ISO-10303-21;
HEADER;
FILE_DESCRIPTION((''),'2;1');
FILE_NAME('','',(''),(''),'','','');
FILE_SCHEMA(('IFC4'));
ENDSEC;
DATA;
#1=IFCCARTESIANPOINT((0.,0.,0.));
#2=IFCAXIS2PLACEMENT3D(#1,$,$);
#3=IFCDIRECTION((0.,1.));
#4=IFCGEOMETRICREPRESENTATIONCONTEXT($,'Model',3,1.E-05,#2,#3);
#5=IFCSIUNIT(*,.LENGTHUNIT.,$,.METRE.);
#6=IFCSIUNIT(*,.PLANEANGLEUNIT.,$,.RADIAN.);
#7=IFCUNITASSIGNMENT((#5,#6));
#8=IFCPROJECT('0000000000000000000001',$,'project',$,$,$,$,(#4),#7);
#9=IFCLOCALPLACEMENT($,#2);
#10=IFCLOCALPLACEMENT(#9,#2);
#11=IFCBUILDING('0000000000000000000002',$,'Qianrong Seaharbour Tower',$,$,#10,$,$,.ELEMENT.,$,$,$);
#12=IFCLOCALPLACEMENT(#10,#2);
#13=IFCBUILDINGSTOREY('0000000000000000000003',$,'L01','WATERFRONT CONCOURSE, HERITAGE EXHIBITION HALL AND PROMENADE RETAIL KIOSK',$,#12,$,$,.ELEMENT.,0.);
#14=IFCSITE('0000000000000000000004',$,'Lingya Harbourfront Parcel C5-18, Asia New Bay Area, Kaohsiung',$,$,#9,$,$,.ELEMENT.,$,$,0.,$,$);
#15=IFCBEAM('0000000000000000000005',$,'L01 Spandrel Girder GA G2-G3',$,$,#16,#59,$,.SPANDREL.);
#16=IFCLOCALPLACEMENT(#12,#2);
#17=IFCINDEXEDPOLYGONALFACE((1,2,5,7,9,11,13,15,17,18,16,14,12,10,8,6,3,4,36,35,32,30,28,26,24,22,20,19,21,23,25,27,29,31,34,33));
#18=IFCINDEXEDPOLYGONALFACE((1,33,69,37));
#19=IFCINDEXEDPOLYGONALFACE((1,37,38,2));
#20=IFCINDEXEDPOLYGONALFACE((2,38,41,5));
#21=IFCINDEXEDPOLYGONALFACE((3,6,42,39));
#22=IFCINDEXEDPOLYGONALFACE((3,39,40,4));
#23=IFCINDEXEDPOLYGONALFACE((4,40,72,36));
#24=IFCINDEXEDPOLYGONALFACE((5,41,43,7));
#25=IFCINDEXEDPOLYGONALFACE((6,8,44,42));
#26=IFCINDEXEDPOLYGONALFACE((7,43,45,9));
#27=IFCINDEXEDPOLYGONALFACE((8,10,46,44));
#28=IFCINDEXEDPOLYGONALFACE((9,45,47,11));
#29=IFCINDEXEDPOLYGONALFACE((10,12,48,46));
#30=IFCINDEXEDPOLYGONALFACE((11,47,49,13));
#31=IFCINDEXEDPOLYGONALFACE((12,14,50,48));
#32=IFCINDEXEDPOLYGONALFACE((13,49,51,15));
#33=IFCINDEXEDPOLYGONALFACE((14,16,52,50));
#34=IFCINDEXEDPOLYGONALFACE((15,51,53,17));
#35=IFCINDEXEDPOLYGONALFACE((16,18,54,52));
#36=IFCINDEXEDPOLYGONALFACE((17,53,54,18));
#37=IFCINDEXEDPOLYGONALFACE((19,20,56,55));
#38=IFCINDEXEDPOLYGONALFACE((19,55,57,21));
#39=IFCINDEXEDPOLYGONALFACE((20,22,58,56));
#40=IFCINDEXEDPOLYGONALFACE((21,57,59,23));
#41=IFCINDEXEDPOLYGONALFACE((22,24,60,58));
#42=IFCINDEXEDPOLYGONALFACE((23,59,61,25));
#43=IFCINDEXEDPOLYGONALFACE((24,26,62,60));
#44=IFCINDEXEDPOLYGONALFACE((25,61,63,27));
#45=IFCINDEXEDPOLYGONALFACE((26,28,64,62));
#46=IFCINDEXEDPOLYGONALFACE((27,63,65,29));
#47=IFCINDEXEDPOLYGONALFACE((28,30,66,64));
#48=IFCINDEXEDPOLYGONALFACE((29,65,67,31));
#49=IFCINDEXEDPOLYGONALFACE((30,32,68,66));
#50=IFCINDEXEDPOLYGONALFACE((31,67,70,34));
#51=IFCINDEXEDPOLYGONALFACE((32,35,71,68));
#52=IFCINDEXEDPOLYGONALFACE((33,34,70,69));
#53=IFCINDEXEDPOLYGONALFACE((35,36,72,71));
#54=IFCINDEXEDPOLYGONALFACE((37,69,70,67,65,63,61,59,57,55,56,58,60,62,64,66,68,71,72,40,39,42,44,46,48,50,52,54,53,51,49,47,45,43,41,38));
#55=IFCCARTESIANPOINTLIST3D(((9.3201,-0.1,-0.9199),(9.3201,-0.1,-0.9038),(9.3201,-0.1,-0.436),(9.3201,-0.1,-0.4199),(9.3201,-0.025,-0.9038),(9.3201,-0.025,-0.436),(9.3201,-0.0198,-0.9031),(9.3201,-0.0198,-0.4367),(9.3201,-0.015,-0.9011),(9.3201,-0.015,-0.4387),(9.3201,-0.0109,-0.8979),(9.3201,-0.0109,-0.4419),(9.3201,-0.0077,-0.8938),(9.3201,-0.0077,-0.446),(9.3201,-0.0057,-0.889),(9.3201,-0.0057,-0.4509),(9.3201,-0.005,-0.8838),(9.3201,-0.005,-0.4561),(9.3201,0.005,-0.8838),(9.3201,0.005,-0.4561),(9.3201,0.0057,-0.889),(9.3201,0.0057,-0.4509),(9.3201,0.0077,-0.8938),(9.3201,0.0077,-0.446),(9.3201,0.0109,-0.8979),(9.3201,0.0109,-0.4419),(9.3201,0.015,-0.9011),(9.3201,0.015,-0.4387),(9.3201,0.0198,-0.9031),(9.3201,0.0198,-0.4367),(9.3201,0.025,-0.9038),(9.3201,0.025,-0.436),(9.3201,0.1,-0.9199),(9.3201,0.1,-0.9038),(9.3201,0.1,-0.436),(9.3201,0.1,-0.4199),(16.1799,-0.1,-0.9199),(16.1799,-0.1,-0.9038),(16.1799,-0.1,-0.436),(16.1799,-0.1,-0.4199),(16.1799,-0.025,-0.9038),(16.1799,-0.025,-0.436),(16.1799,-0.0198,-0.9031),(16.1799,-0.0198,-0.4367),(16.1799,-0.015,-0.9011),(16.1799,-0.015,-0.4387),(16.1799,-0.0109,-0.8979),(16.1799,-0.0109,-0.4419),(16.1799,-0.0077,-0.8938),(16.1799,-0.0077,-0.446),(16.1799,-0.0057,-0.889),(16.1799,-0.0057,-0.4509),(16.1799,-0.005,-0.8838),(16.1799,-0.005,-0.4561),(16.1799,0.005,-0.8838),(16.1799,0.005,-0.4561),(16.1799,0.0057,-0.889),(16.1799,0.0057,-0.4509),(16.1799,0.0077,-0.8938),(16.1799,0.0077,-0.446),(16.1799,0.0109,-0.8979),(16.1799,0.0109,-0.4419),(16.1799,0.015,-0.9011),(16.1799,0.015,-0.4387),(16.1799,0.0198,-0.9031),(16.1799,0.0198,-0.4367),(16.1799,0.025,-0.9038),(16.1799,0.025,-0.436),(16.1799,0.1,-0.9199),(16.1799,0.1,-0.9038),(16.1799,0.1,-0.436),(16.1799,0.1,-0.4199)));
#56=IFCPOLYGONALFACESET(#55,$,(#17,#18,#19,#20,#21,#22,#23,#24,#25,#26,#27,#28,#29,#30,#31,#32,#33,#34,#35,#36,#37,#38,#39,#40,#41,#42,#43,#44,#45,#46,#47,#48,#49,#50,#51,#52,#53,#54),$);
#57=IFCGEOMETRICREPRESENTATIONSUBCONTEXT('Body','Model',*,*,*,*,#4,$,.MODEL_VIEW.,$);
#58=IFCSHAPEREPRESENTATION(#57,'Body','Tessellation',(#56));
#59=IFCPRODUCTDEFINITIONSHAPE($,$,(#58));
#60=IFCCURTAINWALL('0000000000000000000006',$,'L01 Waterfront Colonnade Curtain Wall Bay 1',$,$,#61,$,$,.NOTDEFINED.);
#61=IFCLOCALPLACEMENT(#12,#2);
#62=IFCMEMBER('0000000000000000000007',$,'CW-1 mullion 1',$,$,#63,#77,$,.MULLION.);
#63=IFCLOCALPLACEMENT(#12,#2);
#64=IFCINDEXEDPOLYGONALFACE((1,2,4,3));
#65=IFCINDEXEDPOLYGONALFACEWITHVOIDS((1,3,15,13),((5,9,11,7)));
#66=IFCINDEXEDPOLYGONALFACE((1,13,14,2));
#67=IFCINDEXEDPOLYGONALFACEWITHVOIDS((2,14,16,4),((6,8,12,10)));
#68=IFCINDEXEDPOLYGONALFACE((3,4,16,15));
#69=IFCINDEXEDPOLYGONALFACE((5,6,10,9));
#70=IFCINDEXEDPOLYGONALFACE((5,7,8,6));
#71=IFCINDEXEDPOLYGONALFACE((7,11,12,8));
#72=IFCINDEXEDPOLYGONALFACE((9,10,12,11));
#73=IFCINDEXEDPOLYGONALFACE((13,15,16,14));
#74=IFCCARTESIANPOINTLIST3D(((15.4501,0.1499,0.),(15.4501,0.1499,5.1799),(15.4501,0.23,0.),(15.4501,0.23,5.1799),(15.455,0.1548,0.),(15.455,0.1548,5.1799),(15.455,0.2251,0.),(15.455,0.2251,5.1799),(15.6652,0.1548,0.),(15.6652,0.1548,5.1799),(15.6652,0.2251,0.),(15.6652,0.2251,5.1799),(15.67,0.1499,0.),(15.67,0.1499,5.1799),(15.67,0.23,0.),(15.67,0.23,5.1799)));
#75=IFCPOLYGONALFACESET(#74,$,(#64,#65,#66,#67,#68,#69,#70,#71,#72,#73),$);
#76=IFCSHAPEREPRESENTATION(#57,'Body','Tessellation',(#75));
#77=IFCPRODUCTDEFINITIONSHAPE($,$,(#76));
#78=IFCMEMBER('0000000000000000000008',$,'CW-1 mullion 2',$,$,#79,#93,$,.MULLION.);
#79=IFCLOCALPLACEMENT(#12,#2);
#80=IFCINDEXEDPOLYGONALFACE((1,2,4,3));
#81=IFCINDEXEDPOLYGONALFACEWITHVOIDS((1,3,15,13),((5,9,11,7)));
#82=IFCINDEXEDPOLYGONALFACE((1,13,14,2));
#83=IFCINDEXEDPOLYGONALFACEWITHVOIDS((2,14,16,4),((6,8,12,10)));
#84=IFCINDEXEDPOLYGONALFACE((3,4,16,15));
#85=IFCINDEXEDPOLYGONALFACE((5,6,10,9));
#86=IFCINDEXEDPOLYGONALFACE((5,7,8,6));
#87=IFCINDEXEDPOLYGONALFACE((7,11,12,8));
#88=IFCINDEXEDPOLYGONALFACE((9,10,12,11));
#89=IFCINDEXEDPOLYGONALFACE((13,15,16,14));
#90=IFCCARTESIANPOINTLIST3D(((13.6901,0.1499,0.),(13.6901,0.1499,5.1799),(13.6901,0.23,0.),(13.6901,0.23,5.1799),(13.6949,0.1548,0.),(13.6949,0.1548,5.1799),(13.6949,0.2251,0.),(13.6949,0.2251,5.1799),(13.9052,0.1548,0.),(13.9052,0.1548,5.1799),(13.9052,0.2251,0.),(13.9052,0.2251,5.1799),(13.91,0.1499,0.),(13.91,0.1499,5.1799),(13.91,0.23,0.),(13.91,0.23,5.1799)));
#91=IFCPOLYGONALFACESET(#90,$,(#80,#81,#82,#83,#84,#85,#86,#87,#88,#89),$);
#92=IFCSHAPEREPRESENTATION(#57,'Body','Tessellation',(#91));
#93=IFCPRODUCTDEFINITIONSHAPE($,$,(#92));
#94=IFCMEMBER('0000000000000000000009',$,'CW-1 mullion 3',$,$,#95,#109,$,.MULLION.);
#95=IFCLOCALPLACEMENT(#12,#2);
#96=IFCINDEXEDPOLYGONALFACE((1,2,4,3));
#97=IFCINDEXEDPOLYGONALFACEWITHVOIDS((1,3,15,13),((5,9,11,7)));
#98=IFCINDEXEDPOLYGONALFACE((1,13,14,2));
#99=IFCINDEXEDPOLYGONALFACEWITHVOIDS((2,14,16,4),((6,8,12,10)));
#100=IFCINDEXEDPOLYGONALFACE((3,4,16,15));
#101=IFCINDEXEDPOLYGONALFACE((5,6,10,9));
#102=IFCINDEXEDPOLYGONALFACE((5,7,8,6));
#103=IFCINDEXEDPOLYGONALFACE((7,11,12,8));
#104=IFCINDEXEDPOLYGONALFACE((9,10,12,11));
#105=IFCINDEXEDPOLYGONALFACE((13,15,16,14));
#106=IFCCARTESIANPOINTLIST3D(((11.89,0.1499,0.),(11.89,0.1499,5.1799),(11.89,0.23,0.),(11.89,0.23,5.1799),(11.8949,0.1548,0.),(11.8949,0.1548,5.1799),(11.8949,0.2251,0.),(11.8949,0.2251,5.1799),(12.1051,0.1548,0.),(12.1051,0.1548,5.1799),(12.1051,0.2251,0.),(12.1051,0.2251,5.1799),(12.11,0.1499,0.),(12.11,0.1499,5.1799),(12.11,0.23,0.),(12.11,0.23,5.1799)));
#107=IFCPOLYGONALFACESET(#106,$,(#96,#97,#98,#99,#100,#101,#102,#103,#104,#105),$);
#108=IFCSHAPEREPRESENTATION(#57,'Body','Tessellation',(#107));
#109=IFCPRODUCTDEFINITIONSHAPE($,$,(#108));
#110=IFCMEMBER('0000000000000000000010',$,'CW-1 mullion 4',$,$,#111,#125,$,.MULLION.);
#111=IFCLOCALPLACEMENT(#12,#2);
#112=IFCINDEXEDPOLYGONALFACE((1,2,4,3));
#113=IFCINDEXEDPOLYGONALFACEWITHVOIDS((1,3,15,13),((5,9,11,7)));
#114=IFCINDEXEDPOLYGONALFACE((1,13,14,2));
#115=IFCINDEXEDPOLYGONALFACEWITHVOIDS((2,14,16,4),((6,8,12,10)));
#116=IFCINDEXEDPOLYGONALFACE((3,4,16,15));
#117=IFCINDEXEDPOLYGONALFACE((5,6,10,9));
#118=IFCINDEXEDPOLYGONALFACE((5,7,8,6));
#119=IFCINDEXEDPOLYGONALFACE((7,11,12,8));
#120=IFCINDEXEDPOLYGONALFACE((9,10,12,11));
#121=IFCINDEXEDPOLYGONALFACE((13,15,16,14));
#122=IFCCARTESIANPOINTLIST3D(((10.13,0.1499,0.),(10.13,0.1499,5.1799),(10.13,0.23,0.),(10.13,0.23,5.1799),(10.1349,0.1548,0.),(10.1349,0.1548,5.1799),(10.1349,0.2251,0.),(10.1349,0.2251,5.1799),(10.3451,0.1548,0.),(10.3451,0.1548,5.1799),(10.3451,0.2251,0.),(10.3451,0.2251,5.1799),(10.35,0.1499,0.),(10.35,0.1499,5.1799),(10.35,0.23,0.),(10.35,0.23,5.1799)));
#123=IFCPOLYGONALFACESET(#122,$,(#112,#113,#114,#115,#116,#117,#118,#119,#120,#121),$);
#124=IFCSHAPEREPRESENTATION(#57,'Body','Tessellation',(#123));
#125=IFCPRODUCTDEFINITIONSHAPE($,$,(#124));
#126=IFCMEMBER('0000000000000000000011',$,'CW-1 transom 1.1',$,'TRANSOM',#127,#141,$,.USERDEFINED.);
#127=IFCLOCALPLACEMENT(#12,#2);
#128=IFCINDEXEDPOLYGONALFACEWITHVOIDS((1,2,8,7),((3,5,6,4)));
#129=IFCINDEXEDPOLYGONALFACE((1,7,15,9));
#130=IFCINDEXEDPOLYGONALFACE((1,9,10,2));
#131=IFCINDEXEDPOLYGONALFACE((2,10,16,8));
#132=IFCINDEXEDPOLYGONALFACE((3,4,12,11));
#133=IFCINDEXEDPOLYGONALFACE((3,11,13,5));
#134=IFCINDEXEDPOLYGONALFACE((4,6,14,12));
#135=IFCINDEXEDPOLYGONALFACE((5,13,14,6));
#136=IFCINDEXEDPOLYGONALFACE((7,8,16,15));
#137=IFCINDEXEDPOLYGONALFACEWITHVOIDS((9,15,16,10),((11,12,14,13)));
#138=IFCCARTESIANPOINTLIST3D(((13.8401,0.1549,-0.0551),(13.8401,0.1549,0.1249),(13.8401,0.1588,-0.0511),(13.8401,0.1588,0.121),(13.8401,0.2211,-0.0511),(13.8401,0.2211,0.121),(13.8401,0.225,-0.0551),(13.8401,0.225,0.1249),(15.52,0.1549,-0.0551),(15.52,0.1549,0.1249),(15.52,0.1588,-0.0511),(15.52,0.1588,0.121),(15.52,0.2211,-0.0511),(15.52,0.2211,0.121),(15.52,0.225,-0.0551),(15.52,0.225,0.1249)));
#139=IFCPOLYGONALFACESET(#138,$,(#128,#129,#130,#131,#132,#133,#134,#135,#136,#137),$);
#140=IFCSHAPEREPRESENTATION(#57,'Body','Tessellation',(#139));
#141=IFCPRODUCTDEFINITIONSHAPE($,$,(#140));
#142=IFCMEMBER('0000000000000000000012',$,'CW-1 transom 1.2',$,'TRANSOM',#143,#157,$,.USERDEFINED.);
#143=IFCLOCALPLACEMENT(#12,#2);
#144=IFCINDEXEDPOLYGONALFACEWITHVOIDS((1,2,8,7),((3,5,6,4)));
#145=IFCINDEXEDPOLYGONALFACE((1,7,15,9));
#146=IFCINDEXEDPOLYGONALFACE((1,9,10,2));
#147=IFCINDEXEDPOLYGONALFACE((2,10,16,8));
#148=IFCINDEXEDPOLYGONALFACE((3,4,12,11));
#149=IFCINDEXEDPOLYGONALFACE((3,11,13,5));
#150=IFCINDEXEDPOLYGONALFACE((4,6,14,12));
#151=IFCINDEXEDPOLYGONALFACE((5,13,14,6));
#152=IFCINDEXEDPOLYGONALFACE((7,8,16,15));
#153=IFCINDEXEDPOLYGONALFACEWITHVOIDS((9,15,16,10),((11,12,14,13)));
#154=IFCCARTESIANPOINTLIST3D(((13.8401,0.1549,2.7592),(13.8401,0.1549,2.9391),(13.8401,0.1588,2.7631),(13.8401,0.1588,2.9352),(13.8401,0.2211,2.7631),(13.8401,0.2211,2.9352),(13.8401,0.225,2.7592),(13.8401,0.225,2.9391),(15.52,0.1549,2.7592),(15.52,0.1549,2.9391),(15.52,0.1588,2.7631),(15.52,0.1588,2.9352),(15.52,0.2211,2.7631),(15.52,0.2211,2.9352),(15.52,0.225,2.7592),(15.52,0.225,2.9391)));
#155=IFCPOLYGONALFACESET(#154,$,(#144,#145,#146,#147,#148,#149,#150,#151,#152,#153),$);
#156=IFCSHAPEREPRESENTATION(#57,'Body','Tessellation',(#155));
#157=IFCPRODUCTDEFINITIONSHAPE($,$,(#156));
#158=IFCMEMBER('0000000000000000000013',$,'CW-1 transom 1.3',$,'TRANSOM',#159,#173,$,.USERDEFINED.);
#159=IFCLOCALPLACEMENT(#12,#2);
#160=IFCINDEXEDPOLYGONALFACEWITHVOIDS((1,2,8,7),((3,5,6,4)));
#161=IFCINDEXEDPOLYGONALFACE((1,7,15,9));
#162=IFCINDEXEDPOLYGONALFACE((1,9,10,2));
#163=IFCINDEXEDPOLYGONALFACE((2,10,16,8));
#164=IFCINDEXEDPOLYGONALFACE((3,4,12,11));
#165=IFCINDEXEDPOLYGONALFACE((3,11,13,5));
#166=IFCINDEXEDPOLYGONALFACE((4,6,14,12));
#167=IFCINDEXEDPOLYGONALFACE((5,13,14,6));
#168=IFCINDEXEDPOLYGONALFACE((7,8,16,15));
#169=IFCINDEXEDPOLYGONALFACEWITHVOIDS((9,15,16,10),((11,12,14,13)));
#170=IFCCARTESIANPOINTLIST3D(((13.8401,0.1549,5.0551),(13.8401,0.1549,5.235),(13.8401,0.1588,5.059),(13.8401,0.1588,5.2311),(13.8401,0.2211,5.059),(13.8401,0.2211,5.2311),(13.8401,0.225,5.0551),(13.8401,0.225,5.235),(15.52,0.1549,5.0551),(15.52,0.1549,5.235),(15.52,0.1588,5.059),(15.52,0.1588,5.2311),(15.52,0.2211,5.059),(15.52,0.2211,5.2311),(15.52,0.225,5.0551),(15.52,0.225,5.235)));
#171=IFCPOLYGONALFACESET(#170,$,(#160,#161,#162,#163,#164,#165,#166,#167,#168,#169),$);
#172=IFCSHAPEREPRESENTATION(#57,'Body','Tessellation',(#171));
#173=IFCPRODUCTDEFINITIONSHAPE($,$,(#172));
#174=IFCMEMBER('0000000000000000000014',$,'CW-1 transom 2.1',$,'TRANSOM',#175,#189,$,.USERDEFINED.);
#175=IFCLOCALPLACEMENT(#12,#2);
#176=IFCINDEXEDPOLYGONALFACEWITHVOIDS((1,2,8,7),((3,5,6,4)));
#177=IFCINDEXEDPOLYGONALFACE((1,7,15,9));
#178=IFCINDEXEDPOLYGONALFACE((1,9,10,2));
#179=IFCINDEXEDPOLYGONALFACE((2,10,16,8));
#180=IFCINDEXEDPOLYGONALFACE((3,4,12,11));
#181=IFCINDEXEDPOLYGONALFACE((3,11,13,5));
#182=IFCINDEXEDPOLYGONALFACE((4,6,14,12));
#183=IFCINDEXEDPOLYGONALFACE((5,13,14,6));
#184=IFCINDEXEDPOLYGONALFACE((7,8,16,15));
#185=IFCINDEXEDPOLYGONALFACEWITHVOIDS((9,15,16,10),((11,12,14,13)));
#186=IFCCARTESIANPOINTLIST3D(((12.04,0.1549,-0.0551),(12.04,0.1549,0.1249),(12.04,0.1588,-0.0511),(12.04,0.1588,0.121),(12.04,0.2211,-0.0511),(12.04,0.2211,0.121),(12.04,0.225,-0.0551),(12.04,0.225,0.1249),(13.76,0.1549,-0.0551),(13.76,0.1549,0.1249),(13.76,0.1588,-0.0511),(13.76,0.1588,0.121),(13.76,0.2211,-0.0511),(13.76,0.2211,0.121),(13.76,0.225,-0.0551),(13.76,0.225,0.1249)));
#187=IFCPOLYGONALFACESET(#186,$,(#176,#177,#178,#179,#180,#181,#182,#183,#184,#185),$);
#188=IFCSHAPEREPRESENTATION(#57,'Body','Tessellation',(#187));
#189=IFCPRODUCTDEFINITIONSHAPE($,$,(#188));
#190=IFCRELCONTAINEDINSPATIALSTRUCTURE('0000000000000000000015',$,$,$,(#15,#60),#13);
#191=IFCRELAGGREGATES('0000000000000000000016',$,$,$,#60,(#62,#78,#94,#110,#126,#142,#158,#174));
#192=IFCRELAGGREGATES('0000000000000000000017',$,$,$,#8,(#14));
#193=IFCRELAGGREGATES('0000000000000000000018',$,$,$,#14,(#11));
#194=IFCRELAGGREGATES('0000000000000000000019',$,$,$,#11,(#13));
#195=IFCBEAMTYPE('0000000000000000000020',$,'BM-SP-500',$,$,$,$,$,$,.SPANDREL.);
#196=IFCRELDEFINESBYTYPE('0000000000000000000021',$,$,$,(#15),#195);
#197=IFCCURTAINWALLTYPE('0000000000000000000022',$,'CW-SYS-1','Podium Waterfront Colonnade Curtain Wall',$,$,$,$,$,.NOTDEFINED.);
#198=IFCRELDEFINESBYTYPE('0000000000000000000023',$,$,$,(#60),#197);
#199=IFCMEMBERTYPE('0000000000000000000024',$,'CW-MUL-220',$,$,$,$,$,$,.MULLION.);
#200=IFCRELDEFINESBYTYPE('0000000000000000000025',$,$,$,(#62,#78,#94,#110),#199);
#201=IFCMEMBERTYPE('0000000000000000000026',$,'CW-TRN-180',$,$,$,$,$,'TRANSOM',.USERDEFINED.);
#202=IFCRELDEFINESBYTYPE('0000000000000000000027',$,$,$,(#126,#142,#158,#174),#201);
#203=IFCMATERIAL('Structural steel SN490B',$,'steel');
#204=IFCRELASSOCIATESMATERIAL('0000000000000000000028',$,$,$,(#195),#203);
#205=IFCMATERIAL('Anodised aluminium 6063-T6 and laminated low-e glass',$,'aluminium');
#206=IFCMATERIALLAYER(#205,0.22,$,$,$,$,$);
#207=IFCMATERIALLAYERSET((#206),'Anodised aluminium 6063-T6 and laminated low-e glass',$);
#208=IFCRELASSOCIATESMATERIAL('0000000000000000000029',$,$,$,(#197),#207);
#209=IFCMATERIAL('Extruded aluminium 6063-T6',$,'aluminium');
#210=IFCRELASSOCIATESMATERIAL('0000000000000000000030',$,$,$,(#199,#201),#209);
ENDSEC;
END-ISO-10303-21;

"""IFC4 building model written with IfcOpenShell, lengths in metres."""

from ifc_helpers import new_model, si_unit, direction, frame, origin, origin_2d, place, context, subcontext, project, spatial, hollow_rectangle, i_section, extrude, material, layer, layer_set, material_profile, profile_set, type_object, element, aggregate, save


model = new_model("IFC4")

# Units and contexts
model_context = context("Model", 3, precision=1e-05, world=origin(), true_north=direction((0.0, 1.0)))
body_context = subcontext(model_context, "Body", "Model", "MODEL_VIEW")
ifc_project = project(units=[si_unit("LENGTHUNIT", "METRE"), si_unit("PLANEANGLEUNIT", "RADIAN")], contexts=[model_context])

# Site, building, storey
site_placement = place(None, origin())
site = spatial("IfcSite", under=ifc_project, at=site_placement, Name="Lingya Harbourfront Parcel C5-18, Asia New Bay Area, Kaohsiung", CompositionType="ELEMENT", RefElevation=0.0)
building_placement = place(site_placement, origin())
building = spatial("IfcBuilding", under=site, at=building_placement, Name="Qianrong Seaharbour Tower", CompositionType="ELEMENT")
storey_placement = place(building_placement, origin())
storey = spatial("IfcBuildingStorey", under=building, at=storey_placement, Name="L01", Description="WATERFRONT CONCOURSE, HERITAGE EXHIBITION HALL AND PROMENADE RETAIL KIOSK", CompositionType="ELEMENT", Elevation=0.0)

# Beam
ifc_material_1 = material(Name="Structural steel SN490B", Category="steel")
ifc_material_profile_1 = material_profile(ifc_material_1, i_section(OverallWidth=0.2, OverallDepth=0.5, WebThickness=0.01, FlangeThickness=0.0161, FilletRadius=0.02, at=origin_2d()), Name="H500x200x10x16")
ifc_profile_set_1 = profile_set([ifc_material_profile_1], Name="Structural steel SN490B")
beam_type_1 = type_object("IfcBeamType", Name="BM-SP-500", PredefinedType="SPANDREL", material=ifc_profile_set_1)
beam_1_placement = place(storey_placement, frame((9.3201, 0.0, -0.6699), z_axis=(1.0, 0.0, 0.0), x_axis=(0.0, 1.0, 0.0)))
element("IfcBeam", 1, at=beam_1_placement, inside=storey, type_object=beam_type_1, Name="L01 Spandrel Girder GA G2-G3", PredefinedType="SPANDREL", context=body_context, shape_type="SweptSolid", body=[
    extrude(i_section(OverallWidth=0.2, OverallDepth=0.5, WebThickness=0.01, FlangeThickness=0.0161, FilletRadius=0.02, at=origin_2d()), origin(), (0.0, 0.0, 1.0), 6.8599),
])

# Curtain wall, members
ifc_material_2 = material(Name="Anodised aluminium 6063-T6 and laminated low-e glass", Category="aluminium")
ifc_layer_1 = layer(ifc_material_2, 0.22)
ifc_layer_set_1 = layer_set([ifc_layer_1], Name="Anodised aluminium 6063-T6 and laminated low-e glass")
curtain_wall_type = type_object("IfcCurtainWallType", Name="CW-SYS-1", Description="Podium Waterfront Colonnade Curtain Wall", PredefinedType="NOTDEFINED", material=ifc_layer_set_1)
curtain_wall_placement = place(storey_placement, origin())
curtain_wall = element("IfcCurtainWall", 2, at=curtain_wall_placement, inside=storey, type_object=curtain_wall_type, Name="L01 Waterfront Colonnade Curtain Wall Bay 1", PredefinedType="NOTDEFINED")
ifc_material_3 = material(Name="Extruded aluminium 6063-T6", Category="aluminium")
ifc_material_profile_2 = material_profile(ifc_material_3, hollow_rectangle(XDim=0.0801, YDim=0.22, WallThickness=0.0049, at=origin_2d()), Name="ALU-MUL-220x80x5")
ifc_profile_set_2 = profile_set([ifc_material_profile_2], Name="Extruded aluminium 6063-T6")
member_type_1 = type_object("IfcMemberType", Name="CW-MUL-220", PredefinedType="MULLION", material=ifc_profile_set_2)
member_1_placement = place(storey_placement, frame((15.5601, 0.1899, 0.0), z_axis=(0.0, 0.0, 1.0), x_axis=(0.0, -1.0, 0.0)))
member_1 = element("IfcMember", 3, at=member_1_placement, type_object=member_type_1, Name="CW-1 mullion 1", PredefinedType="MULLION", context=body_context, shape_type="SweptSolid", body=[
    extrude(hollow_rectangle(XDim=0.0801, YDim=0.22, WallThickness=0.0049, at=origin_2d()), origin(), (0.0, 0.0, 1.0), 5.1799),
])
member_2_placement = place(storey_placement, frame((13.8, 0.1899, 0.0), z_axis=(0.0, 0.0, 1.0), x_axis=(0.0, -1.0, 0.0)))
member_2 = element("IfcMember", 4, at=member_2_placement, type_object=member_type_1, Name="CW-1 mullion 2", PredefinedType="MULLION", context=body_context, shape_type="SweptSolid", body=[
    extrude(hollow_rectangle(XDim=0.0801, YDim=0.22, WallThickness=0.0049, at=origin_2d()), origin(), (0.0, 0.0, 1.0), 5.1799),
])
member_3_placement = place(storey_placement, frame((12.0, 0.1899, 0.0), z_axis=(0.0, 0.0, 1.0), x_axis=(0.0, -1.0, 0.0)))
member_3 = element("IfcMember", 5, at=member_3_placement, type_object=member_type_1, Name="CW-1 mullion 3", PredefinedType="MULLION", context=body_context, shape_type="SweptSolid", body=[
    extrude(hollow_rectangle(XDim=0.0801, YDim=0.22, WallThickness=0.0049, at=origin_2d()), origin(), (0.0, 0.0, 1.0), 5.1799),
])
member_4_placement = place(storey_placement, frame((10.24, 0.1899, 0.0), z_axis=(0.0, 0.0, 1.0), x_axis=(0.0, -1.0, 0.0)))
member_4 = element("IfcMember", 6, at=member_4_placement, type_object=member_type_1, Name="CW-1 mullion 4", PredefinedType="MULLION", context=body_context, shape_type="SweptSolid", body=[
    extrude(hollow_rectangle(XDim=0.0801, YDim=0.22, WallThickness=0.0049, at=origin_2d()), origin(), (0.0, 0.0, 1.0), 5.1799),
])
ifc_material_profile_3 = material_profile(ifc_material_3, hollow_rectangle(XDim=0.0701, YDim=0.1799, WallThickness=0.0039, at=origin_2d()), Name="ALU-TRN-180x70x4")
ifc_profile_set_3 = profile_set([ifc_material_profile_3], Name="Extruded aluminium 6063-T6")
member_type_2 = type_object("IfcMemberType", Name="CW-TRN-180", ElementType="TRANSOM", PredefinedType="USERDEFINED", material=ifc_profile_set_3)
member_5_placement = place(storey_placement, frame((15.52, 0.1899, 0.0349), z_axis=(-1.0, 0.0, 0.0), x_axis=(0.0, -1.0, 0.0)))
member_5 = element("IfcMember", 7, at=member_5_placement, type_object=member_type_2, Name="CW-1 transom 1.1", ObjectType="TRANSOM", PredefinedType="USERDEFINED", context=body_context, shape_type="SweptSolid", body=[
    extrude(hollow_rectangle(XDim=0.0701, YDim=0.1799, WallThickness=0.0039, at=origin_2d()), origin(), (0.0, 0.0, 1.0), 1.6799),
])
member_6_placement = place(storey_placement, frame((15.52, 0.1899, 2.8491), z_axis=(-1.0, 0.0, 0.0), x_axis=(0.0, -1.0, 0.0)))
member_6 = element("IfcMember", 8, at=member_6_placement, type_object=member_type_2, Name="CW-1 transom 1.2", ObjectType="TRANSOM", PredefinedType="USERDEFINED", context=body_context, shape_type="SweptSolid", body=[
    extrude(hollow_rectangle(XDim=0.0701, YDim=0.1799, WallThickness=0.0039, at=origin_2d()), origin(), (0.0, 0.0, 1.0), 1.6799),
])
member_7_placement = place(storey_placement, frame((15.52, 0.1899, 5.145), z_axis=(-1.0, 0.0, 0.0), x_axis=(0.0, -1.0, 0.0)))
member_7 = element("IfcMember", 9, at=member_7_placement, type_object=member_type_2, Name="CW-1 transom 1.3", ObjectType="TRANSOM", PredefinedType="USERDEFINED", context=body_context, shape_type="SweptSolid", body=[
    extrude(hollow_rectangle(XDim=0.0701, YDim=0.1799, WallThickness=0.0039, at=origin_2d()), origin(), (0.0, 0.0, 1.0), 1.6799),
])
member_8_placement = place(storey_placement, frame((13.76, 0.1899, 0.0349), z_axis=(-1.0, 0.0, 0.0), x_axis=(0.0, -1.0, 0.0)))
member_8 = element("IfcMember", 10, at=member_8_placement, type_object=member_type_2, Name="CW-1 transom 2.1", ObjectType="TRANSOM", PredefinedType="USERDEFINED", context=body_context, shape_type="SweptSolid", body=[
    extrude(hollow_rectangle(XDim=0.0701, YDim=0.1799, WallThickness=0.0039, at=origin_2d()), origin(), (0.0, 0.0, 1.0), 1.72),
])

aggregate(curtain_wall, [member_1, member_2, member_3, member_4, member_5, member_6, member_7, member_8])

save(model, "model.ifc")
